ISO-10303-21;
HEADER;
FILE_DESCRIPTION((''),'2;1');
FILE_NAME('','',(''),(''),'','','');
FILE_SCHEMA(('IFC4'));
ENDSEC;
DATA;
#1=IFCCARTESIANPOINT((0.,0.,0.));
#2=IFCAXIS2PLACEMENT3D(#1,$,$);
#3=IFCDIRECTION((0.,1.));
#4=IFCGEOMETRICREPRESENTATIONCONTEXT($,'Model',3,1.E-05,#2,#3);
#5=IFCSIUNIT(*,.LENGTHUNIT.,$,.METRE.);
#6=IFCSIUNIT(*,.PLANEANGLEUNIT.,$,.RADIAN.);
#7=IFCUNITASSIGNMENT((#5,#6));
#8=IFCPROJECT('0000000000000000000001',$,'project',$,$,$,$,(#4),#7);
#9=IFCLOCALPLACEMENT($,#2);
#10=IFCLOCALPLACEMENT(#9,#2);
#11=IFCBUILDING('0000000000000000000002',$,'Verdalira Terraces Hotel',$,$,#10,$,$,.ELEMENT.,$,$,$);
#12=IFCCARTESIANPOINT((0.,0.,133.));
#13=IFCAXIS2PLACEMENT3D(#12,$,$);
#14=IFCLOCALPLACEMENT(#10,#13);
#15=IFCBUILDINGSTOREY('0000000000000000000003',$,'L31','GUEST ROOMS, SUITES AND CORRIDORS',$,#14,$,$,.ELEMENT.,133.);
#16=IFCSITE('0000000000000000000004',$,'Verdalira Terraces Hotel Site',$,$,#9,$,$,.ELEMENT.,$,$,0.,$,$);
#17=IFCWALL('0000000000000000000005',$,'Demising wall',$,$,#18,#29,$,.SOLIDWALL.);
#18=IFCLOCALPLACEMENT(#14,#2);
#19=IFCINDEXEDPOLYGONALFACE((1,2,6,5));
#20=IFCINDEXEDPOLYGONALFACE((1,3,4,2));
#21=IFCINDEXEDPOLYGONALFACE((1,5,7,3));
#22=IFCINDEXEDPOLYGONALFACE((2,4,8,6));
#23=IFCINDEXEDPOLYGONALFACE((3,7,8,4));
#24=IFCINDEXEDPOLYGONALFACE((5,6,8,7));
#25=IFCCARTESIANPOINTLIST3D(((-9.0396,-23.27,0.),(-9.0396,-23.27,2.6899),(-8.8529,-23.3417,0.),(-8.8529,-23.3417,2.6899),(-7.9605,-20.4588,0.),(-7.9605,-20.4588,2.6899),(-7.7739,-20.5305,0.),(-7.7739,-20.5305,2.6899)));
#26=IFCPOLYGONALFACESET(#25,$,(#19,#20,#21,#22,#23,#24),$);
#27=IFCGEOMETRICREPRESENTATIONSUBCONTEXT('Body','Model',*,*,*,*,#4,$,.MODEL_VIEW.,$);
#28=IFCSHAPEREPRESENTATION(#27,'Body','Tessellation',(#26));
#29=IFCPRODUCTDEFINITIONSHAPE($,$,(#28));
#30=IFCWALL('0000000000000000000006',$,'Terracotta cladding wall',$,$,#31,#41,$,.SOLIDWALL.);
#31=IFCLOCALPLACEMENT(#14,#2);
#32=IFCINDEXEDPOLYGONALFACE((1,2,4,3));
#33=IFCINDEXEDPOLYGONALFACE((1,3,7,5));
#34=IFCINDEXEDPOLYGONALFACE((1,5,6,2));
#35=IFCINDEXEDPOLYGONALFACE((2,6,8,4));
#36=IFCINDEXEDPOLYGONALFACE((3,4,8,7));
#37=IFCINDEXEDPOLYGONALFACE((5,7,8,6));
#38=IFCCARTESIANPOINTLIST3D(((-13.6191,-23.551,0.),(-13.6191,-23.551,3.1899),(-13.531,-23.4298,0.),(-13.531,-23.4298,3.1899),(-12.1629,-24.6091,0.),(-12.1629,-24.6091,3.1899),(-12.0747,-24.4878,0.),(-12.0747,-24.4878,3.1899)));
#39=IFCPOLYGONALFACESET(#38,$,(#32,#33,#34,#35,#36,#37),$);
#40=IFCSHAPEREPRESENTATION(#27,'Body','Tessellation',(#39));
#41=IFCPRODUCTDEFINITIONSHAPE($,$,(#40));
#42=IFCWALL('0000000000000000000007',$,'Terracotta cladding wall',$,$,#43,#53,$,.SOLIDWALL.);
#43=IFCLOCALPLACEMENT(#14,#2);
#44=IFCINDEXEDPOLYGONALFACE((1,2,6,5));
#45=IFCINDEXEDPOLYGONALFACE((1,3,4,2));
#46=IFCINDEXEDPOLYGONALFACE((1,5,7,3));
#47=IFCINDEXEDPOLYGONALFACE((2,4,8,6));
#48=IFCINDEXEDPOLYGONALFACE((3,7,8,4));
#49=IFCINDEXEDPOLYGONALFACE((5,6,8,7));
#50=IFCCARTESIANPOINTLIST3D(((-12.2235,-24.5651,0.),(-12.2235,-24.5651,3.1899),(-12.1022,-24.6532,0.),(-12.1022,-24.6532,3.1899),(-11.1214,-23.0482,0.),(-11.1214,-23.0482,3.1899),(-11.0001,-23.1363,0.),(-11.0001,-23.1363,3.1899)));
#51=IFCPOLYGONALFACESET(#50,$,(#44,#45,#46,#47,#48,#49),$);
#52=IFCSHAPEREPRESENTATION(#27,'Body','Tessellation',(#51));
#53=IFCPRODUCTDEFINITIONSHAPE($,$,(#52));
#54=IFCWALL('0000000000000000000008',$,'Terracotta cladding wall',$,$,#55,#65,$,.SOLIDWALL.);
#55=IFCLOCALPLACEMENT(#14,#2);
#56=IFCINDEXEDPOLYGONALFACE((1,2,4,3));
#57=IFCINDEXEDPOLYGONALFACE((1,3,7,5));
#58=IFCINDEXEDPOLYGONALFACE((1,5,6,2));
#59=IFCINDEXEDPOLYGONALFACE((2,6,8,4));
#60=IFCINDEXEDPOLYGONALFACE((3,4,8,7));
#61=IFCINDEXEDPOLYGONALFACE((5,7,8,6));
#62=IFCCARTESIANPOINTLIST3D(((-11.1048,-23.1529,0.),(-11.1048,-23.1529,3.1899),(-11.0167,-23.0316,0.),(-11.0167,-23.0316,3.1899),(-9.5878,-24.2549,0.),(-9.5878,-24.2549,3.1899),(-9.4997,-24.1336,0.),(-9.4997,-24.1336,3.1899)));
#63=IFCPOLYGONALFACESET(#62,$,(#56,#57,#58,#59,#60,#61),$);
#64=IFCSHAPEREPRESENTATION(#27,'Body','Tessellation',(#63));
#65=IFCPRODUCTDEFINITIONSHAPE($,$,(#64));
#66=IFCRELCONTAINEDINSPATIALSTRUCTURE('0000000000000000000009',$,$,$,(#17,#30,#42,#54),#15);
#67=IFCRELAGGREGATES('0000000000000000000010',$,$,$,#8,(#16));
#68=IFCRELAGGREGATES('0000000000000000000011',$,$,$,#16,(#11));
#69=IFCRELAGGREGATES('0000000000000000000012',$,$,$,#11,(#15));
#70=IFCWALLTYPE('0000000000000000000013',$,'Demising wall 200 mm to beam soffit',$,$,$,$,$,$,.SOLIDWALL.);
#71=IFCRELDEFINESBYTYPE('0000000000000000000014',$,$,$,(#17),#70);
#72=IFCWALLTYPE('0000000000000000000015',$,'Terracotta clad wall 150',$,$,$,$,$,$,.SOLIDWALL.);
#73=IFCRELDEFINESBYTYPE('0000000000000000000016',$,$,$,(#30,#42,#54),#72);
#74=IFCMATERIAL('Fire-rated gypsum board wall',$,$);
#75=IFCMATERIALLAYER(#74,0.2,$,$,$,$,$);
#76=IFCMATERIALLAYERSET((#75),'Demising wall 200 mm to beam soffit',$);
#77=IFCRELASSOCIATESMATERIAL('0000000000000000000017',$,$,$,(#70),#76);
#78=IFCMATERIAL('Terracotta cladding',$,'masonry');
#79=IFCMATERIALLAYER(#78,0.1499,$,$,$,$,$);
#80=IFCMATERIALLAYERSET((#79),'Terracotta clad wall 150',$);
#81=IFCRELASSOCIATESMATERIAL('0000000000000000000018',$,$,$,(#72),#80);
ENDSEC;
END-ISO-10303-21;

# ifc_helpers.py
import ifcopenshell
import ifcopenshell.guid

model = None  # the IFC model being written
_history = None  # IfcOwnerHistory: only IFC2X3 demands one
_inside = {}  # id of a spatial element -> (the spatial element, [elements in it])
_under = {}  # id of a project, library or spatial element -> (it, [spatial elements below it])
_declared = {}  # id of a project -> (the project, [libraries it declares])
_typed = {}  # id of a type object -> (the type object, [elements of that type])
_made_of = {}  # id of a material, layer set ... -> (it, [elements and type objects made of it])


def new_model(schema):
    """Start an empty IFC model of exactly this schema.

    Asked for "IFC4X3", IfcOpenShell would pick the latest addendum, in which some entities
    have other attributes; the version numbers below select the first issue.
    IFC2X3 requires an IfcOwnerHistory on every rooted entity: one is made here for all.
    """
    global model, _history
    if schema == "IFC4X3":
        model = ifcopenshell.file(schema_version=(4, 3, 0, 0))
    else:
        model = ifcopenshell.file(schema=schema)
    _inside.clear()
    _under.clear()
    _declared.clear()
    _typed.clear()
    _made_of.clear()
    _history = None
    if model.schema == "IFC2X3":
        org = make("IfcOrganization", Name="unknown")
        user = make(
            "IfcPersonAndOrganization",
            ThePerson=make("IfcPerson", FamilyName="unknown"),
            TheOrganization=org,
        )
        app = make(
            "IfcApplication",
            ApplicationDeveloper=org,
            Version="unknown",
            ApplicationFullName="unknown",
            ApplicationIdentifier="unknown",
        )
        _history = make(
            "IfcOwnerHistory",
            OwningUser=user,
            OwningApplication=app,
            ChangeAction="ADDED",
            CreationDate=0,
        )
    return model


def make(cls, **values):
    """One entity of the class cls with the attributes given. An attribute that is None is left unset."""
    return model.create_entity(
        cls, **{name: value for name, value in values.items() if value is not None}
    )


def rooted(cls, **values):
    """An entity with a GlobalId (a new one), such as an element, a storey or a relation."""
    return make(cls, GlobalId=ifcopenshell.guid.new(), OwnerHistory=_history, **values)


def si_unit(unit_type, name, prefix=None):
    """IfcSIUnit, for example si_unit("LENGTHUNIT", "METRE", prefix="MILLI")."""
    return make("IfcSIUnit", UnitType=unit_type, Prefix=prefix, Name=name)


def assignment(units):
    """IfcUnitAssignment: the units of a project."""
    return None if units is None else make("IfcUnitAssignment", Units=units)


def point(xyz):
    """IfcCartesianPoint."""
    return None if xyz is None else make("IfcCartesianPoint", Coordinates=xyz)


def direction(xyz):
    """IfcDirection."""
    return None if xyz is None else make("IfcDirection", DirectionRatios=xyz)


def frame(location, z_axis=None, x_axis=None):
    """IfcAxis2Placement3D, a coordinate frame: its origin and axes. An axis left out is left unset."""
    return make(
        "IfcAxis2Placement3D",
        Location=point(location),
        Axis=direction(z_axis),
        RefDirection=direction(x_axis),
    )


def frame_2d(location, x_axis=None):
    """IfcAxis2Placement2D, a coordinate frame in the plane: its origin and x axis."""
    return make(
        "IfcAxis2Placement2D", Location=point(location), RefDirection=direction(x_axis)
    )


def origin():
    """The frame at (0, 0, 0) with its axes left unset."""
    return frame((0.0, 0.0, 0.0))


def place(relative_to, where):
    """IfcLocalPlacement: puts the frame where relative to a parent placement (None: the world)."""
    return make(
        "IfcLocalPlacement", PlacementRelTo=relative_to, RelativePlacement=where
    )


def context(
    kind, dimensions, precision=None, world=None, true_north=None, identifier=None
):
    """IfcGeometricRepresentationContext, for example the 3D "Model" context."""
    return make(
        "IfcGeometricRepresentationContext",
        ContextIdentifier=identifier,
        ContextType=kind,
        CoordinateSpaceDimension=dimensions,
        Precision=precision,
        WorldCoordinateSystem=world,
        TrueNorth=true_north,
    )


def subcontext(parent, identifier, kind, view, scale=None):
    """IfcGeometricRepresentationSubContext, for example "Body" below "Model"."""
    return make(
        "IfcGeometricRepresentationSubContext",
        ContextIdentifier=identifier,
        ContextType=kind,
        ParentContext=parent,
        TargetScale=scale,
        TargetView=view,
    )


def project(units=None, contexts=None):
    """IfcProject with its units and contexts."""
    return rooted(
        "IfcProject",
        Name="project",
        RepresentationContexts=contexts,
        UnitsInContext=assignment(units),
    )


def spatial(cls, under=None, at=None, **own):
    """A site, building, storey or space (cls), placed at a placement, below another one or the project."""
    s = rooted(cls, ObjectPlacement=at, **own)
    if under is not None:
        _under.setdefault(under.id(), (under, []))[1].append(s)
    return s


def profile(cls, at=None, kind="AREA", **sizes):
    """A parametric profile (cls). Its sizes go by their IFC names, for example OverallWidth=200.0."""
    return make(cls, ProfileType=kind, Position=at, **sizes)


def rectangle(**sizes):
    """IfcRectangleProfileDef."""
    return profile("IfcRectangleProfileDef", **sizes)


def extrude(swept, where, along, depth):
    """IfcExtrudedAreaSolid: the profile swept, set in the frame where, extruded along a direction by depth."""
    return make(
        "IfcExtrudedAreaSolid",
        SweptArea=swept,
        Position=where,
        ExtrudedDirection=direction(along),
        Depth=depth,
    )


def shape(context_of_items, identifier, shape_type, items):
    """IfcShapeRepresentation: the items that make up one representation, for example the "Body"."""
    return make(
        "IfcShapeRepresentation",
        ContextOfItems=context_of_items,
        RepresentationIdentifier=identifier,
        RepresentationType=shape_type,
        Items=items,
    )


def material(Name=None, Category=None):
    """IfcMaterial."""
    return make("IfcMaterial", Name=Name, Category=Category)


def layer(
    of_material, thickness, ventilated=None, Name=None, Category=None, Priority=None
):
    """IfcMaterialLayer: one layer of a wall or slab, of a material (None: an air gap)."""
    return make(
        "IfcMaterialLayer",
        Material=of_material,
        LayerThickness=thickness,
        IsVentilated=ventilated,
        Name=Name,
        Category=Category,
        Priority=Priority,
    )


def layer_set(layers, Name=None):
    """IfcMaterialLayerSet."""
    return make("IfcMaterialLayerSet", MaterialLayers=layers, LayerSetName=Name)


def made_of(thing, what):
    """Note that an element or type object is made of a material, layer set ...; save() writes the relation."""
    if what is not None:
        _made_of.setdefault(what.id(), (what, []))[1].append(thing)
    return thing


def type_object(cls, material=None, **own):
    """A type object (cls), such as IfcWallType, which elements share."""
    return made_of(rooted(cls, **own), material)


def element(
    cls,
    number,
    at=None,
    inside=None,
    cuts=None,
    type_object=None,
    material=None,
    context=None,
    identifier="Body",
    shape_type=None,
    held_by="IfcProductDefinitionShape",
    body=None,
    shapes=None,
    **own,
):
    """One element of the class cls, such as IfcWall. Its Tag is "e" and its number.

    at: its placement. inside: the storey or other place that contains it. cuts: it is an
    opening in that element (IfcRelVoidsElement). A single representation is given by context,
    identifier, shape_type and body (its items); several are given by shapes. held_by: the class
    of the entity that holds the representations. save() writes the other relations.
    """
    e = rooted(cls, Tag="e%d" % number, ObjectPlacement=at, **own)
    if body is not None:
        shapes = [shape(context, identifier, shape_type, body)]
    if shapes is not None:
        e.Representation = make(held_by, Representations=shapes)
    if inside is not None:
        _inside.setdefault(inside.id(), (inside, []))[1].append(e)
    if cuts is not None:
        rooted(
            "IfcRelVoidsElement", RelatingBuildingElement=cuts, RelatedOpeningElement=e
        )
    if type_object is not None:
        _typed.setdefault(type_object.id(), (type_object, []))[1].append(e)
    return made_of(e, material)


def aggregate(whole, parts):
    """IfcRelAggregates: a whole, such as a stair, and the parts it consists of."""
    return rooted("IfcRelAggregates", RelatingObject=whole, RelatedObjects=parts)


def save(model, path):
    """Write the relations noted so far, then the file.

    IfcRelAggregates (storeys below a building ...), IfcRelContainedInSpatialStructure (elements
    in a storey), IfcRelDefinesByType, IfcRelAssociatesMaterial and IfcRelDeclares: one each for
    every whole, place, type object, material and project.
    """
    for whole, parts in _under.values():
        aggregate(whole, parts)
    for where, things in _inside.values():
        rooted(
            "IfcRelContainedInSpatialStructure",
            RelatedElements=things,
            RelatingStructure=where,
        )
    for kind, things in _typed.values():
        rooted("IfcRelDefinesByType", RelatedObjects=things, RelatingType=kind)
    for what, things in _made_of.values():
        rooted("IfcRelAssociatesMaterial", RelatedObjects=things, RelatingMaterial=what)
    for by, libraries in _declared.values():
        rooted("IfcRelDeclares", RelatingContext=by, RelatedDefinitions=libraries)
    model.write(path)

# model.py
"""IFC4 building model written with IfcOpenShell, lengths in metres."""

from ifc_helpers import new_model, si_unit, direction, frame, frame_2d, origin, place, context, subcontext, project, spatial, rectangle, extrude, material, layer, layer_set, type_object, element, save


model = new_model("IFC4")

# Units and contexts
model_context = context("Model", 3, precision=1e-05, world=origin(), true_north=direction((0.0, 1.0)))
body_context = subcontext(model_context, "Body", "Model", "MODEL_VIEW")
ifc_project = project(units=[si_unit("LENGTHUNIT", "METRE"), si_unit("PLANEANGLEUNIT", "RADIAN")], contexts=[model_context])

# Site, building, storey
site_placement = place(None, origin())
site = spatial("IfcSite", under=ifc_project, at=site_placement, Name="Verdalira Terraces Hotel Site", CompositionType="ELEMENT", RefElevation=0.0)
building_placement = place(site_placement, origin())
building = spatial("IfcBuilding", under=site, at=building_placement, Name="Verdalira Terraces Hotel", CompositionType="ELEMENT")
storey_placement = place(building_placement, frame((0.0, 0.0, 133.0)))
storey = spatial("IfcBuildingStorey", under=building, at=storey_placement, Name="L31", Description="GUEST ROOMS, SUITES AND CORRIDORS", CompositionType="ELEMENT", Elevation=133.0)

# Walls
ifc_material_1 = material(Name="Fire-rated gypsum board wall")
ifc_layer_1 = layer(ifc_material_1, 0.2)
ifc_layer_set_1 = layer_set([ifc_layer_1], Name="Demising wall 200 mm to beam soffit")
wall_type_1 = type_object("IfcWallType", Name="Demising wall 200 mm to beam soffit", PredefinedType="SOLIDWALL", material=ifc_layer_set_1)
wall_1_placement = place(storey_placement, frame((-7.8672, -20.4946, 0.0), z_axis=(0.0, 0.0, 1.0), x_axis=(-0.358354, -0.933586, 0.0)))
element("IfcWall", 1, at=wall_1_placement, inside=storey, type_object=wall_type_1, Name="Demising wall", PredefinedType="SOLIDWALL", context=body_context, shape_type="SweptSolid", body=[
    extrude(rectangle(XDim=3.0112, YDim=0.2, at=frame_2d((1.5056, 0.0))), origin(), (0.0, 0.0, 1.0), 2.6899),
])
ifc_material_2 = material(Name="Terracotta cladding", Category="masonry")
ifc_layer_2 = layer(ifc_material_2, 0.1499)
ifc_layer_set_2 = layer_set([ifc_layer_2], Name="Terracotta clad wall 150")
wall_type_2 = type_object("IfcWallType", Name="Terracotta clad wall 150", PredefinedType="SOLIDWALL", material=ifc_layer_set_2)
wall_2_placement = place(storey_placement, frame((-13.575, -23.4905, 0.0), z_axis=(0.0, 0.0, 1.0), x_axis=(0.809006, -0.587801, 0.0)))
element("IfcWall", 2, at=wall_2_placement, inside=storey, type_object=wall_type_2, Name="Terracotta cladding wall", PredefinedType="SOLIDWALL", context=body_context, shape_type="SweptSolid", body=[
    extrude(rectangle(XDim=1.8, YDim=0.1499, at=frame_2d((0.8999, 0.0))), origin(), (0.0, 0.0, 1.0), 3.1899),
])
for number, where, z_axis, x_axis, name in (
    (3, (-12.1628, -24.6091, 0.0), (0.0, 0.0, 1.0), (0.587785, 0.809018, 0.0), "Terracotta cladding wall"),
    (4, (-11.0608, -23.0923, 0.0), (0.0, 0.0, 1.0), (0.809063, -0.587723, 0.0), "Terracotta cladding wall"),
):
    element("IfcWall", number, at=place(storey_placement, frame(where, z_axis=z_axis, x_axis=x_axis)), inside=storey, type_object=wall_type_2, Name=name, PredefinedType="SOLIDWALL", context=body_context, shape_type="SweptSolid", body=[
        extrude(rectangle(XDim=1.875, YDim=0.1499, at=frame_2d((0.9375, 0.0))), origin(), (0.0, 0.0, 1.0), 3.1899),
    ])

save(model, "model.ifc")
